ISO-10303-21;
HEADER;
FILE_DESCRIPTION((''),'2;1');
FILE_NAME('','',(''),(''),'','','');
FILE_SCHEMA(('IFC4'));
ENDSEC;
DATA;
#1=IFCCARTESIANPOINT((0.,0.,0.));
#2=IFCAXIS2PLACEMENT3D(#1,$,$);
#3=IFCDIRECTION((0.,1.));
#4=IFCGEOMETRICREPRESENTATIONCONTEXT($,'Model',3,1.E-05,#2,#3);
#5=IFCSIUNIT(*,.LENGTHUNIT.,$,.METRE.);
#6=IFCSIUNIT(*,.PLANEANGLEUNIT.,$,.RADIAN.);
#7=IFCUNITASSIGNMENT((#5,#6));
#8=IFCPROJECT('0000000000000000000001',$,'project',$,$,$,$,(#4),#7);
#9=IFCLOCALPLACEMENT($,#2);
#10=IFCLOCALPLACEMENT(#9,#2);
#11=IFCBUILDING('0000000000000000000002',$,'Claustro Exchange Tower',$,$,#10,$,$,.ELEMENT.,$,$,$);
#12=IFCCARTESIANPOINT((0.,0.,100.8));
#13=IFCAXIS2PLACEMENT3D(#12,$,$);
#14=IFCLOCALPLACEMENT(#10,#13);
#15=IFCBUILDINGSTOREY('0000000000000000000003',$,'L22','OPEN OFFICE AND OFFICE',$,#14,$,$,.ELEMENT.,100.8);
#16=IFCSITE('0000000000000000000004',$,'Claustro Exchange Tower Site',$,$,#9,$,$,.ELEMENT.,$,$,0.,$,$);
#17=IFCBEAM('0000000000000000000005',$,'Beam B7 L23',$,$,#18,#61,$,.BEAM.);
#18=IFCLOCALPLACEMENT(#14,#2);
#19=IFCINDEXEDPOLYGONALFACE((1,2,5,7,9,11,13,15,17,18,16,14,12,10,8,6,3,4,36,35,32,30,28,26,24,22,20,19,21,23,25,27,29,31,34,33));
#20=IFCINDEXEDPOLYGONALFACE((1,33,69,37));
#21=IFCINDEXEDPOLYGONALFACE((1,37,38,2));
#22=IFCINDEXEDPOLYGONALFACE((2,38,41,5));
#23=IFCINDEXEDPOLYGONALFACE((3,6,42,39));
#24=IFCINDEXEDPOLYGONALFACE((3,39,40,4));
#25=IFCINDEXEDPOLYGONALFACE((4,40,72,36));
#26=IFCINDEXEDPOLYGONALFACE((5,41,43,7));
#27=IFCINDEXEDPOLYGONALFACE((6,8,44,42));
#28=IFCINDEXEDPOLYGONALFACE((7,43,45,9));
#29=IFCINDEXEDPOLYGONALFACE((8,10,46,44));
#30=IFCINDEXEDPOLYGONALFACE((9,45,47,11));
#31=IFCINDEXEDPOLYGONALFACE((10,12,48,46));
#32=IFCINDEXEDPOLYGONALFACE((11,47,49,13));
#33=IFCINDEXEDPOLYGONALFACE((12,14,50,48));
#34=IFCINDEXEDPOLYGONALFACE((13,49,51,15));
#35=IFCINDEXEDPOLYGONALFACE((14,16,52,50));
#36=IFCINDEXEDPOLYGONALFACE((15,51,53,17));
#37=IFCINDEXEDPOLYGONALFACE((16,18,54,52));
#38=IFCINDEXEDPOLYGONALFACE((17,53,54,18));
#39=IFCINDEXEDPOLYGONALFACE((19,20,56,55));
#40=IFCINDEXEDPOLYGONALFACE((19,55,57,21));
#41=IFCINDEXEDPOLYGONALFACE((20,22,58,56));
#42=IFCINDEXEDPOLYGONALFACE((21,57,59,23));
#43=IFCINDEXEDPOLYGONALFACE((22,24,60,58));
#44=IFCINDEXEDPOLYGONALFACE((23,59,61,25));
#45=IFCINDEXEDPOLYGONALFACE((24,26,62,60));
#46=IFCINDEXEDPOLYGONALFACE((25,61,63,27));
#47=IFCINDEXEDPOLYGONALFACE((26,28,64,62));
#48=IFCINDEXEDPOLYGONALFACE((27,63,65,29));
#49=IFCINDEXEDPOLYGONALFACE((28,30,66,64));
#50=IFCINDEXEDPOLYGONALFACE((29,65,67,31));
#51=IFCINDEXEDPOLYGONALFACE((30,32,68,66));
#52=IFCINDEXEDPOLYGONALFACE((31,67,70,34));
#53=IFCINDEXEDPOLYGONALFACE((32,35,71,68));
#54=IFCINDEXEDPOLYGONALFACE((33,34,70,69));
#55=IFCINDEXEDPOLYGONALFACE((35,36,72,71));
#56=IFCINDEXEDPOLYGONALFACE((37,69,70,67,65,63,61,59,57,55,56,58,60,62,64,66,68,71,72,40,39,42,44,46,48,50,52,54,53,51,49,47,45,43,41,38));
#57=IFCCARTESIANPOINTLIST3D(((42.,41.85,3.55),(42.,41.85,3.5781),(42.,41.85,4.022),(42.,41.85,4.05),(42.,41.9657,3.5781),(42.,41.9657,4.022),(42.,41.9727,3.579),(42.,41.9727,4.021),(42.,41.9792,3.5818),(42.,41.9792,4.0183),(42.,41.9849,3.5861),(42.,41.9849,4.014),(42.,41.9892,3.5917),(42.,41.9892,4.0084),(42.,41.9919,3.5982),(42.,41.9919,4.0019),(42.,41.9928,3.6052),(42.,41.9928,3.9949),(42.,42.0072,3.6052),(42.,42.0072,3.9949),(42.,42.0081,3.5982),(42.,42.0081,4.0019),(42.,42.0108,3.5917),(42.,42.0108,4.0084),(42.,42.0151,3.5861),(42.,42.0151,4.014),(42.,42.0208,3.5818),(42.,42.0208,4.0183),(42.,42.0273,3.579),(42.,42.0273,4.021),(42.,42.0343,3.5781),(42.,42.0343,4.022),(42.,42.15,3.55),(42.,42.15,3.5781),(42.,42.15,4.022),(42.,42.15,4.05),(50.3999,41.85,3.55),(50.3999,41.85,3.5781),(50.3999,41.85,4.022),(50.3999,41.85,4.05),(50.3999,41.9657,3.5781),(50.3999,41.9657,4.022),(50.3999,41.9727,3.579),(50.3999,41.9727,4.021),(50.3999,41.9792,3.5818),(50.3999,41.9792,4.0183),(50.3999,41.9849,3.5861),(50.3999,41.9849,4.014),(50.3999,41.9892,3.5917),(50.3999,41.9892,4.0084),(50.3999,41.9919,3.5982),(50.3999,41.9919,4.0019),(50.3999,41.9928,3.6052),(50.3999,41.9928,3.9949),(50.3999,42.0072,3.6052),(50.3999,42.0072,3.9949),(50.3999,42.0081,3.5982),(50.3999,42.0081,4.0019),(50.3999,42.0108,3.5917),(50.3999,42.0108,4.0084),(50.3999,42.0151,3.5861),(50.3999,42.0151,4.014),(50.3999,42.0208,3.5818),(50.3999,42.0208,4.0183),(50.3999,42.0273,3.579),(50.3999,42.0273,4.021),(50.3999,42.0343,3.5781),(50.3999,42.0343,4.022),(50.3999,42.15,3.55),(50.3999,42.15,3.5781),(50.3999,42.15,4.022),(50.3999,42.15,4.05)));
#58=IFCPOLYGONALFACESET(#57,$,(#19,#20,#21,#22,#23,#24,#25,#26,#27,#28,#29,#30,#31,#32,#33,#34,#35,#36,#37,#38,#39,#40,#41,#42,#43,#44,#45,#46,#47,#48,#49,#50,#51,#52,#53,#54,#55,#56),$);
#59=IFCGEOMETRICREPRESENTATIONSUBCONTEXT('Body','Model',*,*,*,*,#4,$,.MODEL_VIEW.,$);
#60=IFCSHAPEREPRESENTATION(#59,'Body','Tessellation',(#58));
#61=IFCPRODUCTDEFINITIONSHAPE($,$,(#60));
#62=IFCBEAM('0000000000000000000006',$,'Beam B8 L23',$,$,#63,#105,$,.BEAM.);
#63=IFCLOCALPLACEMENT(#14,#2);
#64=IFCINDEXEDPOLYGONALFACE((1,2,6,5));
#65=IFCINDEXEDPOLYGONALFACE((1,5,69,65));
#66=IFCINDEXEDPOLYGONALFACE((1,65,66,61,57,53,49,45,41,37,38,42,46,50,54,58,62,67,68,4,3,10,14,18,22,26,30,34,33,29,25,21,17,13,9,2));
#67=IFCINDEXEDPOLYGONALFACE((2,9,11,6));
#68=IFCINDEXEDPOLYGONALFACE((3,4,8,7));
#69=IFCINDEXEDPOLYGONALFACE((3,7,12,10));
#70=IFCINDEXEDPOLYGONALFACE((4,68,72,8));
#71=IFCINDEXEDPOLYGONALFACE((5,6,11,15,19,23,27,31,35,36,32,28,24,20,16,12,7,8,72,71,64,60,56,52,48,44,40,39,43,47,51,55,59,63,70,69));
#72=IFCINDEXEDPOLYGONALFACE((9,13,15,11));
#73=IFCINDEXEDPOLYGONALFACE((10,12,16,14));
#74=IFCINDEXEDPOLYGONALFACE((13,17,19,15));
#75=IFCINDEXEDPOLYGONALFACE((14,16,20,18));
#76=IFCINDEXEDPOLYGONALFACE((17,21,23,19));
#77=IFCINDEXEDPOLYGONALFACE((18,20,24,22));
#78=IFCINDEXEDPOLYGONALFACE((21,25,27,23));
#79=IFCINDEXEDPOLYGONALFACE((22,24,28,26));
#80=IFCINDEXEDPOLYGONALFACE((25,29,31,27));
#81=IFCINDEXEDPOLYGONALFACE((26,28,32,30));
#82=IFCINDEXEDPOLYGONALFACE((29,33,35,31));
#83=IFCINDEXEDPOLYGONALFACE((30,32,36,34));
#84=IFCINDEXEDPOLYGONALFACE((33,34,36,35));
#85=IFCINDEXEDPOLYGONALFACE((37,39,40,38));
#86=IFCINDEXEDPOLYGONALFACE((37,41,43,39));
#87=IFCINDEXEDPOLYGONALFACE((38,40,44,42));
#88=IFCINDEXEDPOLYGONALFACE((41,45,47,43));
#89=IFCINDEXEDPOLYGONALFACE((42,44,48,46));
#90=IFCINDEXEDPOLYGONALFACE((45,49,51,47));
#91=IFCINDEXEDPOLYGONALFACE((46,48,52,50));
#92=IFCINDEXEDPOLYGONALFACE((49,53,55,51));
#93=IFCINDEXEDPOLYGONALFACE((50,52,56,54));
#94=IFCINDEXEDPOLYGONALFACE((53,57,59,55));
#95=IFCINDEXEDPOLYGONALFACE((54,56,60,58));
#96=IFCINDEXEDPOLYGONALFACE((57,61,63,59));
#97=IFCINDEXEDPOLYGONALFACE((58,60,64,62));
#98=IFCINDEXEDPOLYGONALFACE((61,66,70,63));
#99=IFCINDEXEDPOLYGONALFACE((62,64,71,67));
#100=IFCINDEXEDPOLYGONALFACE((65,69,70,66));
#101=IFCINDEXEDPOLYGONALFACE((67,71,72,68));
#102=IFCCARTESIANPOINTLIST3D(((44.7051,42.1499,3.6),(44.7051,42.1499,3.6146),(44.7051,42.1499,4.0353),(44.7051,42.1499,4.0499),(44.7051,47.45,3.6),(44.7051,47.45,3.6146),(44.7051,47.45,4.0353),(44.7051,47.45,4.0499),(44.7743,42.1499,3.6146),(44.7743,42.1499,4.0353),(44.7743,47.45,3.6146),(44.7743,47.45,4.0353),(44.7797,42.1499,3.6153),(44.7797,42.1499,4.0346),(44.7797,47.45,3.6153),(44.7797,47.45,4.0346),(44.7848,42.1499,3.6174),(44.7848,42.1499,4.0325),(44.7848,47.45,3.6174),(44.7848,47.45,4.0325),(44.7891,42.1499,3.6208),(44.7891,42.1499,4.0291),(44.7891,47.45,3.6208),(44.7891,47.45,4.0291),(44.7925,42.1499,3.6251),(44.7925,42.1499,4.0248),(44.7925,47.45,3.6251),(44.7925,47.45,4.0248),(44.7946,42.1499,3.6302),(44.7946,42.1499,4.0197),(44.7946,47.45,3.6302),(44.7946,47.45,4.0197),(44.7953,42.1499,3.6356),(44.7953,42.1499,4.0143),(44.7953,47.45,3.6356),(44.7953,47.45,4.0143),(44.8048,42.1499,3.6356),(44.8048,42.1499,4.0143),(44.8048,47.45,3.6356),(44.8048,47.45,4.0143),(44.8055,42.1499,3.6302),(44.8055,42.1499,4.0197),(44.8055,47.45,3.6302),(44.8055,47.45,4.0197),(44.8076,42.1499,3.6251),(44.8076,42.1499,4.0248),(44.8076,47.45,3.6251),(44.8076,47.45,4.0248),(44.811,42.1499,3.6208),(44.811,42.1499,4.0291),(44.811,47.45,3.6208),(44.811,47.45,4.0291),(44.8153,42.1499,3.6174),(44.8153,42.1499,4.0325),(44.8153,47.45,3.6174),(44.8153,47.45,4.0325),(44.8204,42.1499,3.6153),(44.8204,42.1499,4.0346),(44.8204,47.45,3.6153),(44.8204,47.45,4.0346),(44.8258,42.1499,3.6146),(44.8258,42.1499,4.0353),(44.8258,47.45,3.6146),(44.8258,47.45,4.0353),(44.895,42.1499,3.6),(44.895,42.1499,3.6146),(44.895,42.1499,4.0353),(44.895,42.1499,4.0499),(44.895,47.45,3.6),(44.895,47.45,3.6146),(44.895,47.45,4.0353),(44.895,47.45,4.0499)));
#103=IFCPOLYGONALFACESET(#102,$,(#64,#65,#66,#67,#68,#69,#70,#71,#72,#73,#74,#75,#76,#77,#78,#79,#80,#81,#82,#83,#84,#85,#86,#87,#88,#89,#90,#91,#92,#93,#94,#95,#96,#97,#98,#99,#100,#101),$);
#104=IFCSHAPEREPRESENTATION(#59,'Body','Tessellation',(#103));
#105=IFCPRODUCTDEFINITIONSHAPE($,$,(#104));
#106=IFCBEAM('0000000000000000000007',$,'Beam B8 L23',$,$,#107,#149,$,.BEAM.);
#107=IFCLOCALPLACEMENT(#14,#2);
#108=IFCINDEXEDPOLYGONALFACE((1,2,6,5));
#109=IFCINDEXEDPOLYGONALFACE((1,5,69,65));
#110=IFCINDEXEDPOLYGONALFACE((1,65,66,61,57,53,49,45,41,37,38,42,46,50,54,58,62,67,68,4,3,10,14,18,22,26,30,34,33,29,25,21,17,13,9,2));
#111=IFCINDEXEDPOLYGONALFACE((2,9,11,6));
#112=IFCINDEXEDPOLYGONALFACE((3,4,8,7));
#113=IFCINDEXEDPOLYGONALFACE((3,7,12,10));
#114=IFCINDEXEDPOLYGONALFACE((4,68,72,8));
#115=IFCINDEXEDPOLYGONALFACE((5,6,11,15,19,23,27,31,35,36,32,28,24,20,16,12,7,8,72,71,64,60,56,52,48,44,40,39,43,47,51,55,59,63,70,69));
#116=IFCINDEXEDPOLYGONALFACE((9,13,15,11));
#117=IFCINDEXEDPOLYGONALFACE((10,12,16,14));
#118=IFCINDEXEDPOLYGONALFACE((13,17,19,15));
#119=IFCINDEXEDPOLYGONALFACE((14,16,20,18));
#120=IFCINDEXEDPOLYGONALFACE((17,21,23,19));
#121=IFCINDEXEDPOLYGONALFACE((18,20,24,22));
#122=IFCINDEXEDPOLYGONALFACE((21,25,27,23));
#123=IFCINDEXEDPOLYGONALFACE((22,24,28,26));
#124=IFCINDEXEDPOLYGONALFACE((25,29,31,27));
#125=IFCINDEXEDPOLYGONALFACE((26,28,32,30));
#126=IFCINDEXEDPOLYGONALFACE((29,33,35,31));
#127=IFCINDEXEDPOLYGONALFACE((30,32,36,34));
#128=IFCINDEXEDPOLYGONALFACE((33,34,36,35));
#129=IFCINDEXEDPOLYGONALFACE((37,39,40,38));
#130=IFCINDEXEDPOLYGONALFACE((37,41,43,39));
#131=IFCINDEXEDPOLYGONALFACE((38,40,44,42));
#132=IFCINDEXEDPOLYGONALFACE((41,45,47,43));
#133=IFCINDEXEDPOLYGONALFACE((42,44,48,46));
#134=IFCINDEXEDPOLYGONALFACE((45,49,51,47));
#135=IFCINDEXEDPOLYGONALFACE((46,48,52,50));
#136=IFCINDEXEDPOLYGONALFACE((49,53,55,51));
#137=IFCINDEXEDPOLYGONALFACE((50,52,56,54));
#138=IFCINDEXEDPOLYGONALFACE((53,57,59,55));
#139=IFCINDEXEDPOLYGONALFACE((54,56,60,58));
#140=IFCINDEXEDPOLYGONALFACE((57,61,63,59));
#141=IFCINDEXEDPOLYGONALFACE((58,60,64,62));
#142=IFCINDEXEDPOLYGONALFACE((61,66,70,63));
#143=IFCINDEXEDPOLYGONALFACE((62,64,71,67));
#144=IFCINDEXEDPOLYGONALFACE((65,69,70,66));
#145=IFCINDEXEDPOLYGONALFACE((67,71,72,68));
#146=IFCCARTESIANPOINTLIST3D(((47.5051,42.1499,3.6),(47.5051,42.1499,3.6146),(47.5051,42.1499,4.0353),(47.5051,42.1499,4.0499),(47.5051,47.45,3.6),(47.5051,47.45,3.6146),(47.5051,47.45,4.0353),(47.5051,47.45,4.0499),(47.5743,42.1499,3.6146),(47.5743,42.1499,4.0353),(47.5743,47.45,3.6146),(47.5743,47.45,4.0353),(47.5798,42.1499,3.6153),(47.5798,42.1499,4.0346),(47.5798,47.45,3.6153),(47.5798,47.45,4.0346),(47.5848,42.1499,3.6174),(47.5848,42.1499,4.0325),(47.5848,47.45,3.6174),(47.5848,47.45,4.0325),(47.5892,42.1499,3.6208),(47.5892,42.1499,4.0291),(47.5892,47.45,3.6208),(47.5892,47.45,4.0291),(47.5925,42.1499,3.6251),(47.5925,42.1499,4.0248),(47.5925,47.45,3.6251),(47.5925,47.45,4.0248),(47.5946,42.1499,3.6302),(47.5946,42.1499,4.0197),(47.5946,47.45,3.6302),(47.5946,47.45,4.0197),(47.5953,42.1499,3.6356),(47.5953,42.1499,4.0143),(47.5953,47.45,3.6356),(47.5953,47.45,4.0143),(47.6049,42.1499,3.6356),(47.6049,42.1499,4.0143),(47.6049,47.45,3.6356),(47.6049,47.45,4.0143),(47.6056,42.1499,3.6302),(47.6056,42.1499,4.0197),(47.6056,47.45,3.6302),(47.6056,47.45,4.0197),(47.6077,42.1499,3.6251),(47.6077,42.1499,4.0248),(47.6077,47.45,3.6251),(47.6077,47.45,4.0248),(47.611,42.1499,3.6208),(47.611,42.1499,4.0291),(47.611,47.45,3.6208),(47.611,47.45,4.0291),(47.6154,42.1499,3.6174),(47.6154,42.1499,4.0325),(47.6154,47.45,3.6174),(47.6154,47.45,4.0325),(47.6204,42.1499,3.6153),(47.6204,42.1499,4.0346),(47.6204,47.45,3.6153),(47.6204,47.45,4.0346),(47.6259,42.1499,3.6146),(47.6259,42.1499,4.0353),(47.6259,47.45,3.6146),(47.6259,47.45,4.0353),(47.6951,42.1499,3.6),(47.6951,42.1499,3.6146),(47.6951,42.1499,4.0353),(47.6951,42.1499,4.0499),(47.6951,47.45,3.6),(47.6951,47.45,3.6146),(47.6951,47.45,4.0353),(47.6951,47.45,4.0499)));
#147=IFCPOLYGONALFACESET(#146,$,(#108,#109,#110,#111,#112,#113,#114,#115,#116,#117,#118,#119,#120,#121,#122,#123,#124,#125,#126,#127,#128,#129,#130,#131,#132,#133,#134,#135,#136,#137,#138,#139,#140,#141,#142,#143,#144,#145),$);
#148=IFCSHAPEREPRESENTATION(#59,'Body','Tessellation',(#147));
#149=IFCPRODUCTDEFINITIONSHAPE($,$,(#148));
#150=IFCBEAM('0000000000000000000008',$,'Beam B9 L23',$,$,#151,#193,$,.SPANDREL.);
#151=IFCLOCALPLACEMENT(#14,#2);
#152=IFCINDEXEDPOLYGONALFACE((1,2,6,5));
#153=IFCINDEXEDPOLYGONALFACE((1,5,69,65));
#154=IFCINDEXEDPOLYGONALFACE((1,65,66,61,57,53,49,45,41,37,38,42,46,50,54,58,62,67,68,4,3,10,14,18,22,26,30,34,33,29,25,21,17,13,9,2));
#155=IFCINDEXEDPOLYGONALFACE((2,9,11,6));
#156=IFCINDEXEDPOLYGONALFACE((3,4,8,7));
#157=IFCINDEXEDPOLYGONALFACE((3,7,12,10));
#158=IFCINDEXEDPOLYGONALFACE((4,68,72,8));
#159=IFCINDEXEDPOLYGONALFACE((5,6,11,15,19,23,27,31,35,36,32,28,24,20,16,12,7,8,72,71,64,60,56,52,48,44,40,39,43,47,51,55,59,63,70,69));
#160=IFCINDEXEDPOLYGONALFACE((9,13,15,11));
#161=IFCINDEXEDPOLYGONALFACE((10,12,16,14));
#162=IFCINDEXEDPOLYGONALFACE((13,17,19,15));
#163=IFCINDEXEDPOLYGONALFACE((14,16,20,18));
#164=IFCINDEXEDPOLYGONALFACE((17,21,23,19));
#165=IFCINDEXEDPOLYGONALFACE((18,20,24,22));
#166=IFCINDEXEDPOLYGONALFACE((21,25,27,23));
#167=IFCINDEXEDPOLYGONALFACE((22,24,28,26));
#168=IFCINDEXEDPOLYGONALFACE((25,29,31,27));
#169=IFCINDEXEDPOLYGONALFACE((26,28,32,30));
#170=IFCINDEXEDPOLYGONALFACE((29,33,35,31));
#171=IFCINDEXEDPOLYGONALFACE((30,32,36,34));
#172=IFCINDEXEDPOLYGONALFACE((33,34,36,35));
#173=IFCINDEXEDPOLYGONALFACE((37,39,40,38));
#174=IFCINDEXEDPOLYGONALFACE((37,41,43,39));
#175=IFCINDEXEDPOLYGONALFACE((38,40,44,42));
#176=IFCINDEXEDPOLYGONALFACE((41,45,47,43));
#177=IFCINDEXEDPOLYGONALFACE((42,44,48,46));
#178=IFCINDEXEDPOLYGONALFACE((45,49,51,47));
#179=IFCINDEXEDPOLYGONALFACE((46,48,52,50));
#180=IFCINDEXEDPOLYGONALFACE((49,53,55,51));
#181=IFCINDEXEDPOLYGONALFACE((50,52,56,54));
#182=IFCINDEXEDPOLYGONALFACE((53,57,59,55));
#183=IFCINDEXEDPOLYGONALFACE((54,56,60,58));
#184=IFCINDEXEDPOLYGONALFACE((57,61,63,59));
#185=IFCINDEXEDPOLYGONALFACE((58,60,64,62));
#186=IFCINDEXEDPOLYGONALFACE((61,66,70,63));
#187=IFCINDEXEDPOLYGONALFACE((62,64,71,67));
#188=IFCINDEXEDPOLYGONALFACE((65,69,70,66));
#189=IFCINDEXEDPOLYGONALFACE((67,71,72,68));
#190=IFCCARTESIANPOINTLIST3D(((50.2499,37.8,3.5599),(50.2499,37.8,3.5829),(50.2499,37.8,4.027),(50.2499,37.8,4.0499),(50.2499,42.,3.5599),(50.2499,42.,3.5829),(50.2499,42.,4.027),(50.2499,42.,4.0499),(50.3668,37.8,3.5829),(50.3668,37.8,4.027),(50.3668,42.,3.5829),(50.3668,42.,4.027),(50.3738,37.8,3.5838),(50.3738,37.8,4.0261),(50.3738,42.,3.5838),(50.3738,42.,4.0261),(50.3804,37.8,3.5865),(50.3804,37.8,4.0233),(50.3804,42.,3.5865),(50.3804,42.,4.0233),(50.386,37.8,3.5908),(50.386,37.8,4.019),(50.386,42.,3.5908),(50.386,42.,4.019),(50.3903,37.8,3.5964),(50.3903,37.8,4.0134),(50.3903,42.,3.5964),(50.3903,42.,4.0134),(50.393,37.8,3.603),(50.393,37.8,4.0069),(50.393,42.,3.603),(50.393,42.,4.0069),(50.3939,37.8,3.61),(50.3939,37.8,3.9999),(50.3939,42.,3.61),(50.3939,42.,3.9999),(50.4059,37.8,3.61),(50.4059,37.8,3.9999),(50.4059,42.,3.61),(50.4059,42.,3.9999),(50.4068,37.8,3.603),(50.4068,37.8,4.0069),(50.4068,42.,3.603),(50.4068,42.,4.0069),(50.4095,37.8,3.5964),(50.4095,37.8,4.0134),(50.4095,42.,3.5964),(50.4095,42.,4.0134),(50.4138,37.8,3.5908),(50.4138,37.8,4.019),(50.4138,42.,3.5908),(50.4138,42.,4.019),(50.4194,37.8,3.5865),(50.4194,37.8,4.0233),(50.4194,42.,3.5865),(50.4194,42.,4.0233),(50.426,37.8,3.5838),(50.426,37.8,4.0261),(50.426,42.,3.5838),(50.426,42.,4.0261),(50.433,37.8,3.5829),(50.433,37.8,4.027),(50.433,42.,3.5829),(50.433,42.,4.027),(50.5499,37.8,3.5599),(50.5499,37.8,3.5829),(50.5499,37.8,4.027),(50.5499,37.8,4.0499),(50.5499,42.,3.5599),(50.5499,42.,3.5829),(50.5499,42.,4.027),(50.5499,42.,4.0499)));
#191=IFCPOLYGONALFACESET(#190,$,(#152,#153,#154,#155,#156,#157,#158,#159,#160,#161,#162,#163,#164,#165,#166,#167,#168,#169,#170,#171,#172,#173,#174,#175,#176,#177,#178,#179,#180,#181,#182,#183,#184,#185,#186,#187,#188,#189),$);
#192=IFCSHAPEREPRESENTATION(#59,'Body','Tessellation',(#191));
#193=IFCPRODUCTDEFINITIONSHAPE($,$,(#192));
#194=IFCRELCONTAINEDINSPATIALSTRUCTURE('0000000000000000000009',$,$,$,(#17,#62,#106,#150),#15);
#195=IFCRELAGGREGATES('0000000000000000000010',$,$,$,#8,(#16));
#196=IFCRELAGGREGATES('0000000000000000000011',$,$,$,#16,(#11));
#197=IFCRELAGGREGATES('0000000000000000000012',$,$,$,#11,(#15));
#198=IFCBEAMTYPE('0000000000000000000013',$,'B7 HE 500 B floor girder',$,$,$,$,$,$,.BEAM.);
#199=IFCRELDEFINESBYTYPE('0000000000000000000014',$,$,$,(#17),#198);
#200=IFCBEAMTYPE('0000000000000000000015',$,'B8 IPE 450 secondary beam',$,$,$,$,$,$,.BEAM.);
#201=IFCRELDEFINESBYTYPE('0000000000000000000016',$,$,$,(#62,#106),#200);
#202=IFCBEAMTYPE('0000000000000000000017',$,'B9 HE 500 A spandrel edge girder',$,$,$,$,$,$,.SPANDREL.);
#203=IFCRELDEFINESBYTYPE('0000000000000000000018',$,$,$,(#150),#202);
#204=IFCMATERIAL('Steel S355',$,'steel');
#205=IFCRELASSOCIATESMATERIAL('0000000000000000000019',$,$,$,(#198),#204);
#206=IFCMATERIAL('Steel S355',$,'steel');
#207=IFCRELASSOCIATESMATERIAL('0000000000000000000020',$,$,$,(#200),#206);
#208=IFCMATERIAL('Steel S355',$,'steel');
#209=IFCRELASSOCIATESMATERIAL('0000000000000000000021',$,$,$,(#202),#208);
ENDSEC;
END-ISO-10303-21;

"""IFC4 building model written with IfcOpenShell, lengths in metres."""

from ifc_helpers import new_model, si_unit, direction, frame, origin, origin_2d, place, context, subcontext, project, spatial, i_section, extrude, material, material_profile, profile_set, type_object, element, save


model = new_model("IFC4")

# Units and contexts
model_context = context("Model", 3, precision=1e-05, world=origin(), true_north=direction((0.0, 1.0)))
body_context = subcontext(model_context, "Body", "Model", "MODEL_VIEW")
ifc_project = project(units=[si_unit("LENGTHUNIT", "METRE"), si_unit("PLANEANGLEUNIT", "RADIAN")], contexts=[model_context])

# Site, building, storey
site_placement = place(None, origin())
site = spatial("IfcSite", under=ifc_project, at=site_placement, Name="Claustro Exchange Tower Site", CompositionType="ELEMENT", RefElevation=0.0)
building_placement = place(site_placement, origin())
building = spatial("IfcBuilding", under=site, at=building_placement, Name="Claustro Exchange Tower", CompositionType="ELEMENT")
storey_placement = place(building_placement, frame((0.0, 0.0, 100.8)))
storey = spatial("IfcBuildingStorey", under=building, at=storey_placement, Name="L22", Description="OPEN OFFICE AND OFFICE", CompositionType="ELEMENT", Elevation=100.8)

# Beams
ifc_material_1 = material(Name="Steel S355", Category="steel")
ifc_material_profile_1 = material_profile(ifc_material_1, i_section(OverallWidth=0.3, OverallDepth=0.5, WebThickness=0.0144, FlangeThickness=0.0281, FilletRadius=0.0271, at=origin_2d()), Name="HE 500 B")
ifc_profile_set_1 = profile_set([ifc_material_profile_1], Name="Steel S355")
beam_type_1 = type_object("IfcBeamType", Name="B7 HE 500 B floor girder", PredefinedType="BEAM", material=ifc_profile_set_1)
beam_1_placement = place(storey_placement, frame((42.0, 42.0, 3.8), z_axis=(1.0, 0.0, 0.0), x_axis=(0.0, 1.0, 0.0)))
element("IfcBeam", 1, at=beam_1_placement, inside=storey, type_object=beam_type_1, Name="Beam B7 L23", PredefinedType="BEAM", context=body_context, shape_type="SweptSolid", body=[
    extrude(i_section(OverallWidth=0.3, OverallDepth=0.5, WebThickness=0.0144, FlangeThickness=0.0281, FilletRadius=0.0271, at=origin_2d()), origin(), (0.0, 0.0, 1.0), 8.3999),
])
ifc_material_2 = material(Name="Steel S355", Category="steel")
ifc_material_profile_2 = material_profile(ifc_material_2, i_section(OverallWidth=0.1899, OverallDepth=0.45, WebThickness=0.0095, FlangeThickness=0.0146, FilletRadius=0.021, at=origin_2d()), Name="IPE 450")
ifc_profile_set_2 = profile_set([ifc_material_profile_2], Name="Steel S355")
beam_type_2 = type_object("IfcBeamType", Name="B8 IPE 450 secondary beam", PredefinedType="BEAM", material=ifc_profile_set_2)
for number, where, z_axis, x_axis, name in (
    (2, (44.8, 42.1499, 3.825), (0.0, 1.0, 0.0), (-1.0, 0.0, 0.0), "Beam B8 L23"),
    (3, (47.6001, 42.1499, 3.825), (0.0, 1.0, 0.0), (-1.0, 0.0, 0.0), "Beam B8 L23"),
):
    element("IfcBeam", number, at=place(storey_placement, frame(where, z_axis=z_axis, x_axis=x_axis)), inside=storey, type_object=beam_type_2, Name=name, PredefinedType="BEAM", context=body_context, shape_type="SweptSolid", body=[
        extrude(i_section(OverallWidth=0.1899, OverallDepth=0.45, WebThickness=0.0095, FlangeThickness=0.0146, FilletRadius=0.021, at=origin_2d()), origin(), (0.0, 0.0, 1.0), 5.3),
    ])
ifc_material_3 = material(Name="Steel S355", Category="steel")
ifc_material_profile_3 = material_profile(ifc_material_3, i_section(OverallWidth=0.3, OverallDepth=0.49, WebThickness=0.012, FlangeThickness=0.0229, FilletRadius=0.0271, at=origin_2d()), Name="HE 500 A")
ifc_profile_set_3 = profile_set([ifc_material_profile_3], Name="Steel S355")
beam_type_3 = type_object("IfcBeamType", Name="B9 HE 500 A spandrel edge girder", PredefinedType="SPANDREL", material=ifc_profile_set_3)
beam_2_placement = place(storey_placement, frame((50.3999, 37.8, 3.8049), z_axis=(0.0, 1.0, 0.0), x_axis=(-1.0, 0.0, 0.0)))
element("IfcBeam", 4, at=beam_2_placement, inside=storey, type_object=beam_type_3, Name="Beam B9 L23", PredefinedType="SPANDREL", context=body_context, shape_type="SweptSolid", body=[
    extrude(i_section(OverallWidth=0.3, OverallDepth=0.49, WebThickness=0.012, FlangeThickness=0.0229, FilletRadius=0.0271, at=origin_2d()), origin(), (0.0, 0.0, 1.0), 4.2),
])

save(model, "model.ifc")
